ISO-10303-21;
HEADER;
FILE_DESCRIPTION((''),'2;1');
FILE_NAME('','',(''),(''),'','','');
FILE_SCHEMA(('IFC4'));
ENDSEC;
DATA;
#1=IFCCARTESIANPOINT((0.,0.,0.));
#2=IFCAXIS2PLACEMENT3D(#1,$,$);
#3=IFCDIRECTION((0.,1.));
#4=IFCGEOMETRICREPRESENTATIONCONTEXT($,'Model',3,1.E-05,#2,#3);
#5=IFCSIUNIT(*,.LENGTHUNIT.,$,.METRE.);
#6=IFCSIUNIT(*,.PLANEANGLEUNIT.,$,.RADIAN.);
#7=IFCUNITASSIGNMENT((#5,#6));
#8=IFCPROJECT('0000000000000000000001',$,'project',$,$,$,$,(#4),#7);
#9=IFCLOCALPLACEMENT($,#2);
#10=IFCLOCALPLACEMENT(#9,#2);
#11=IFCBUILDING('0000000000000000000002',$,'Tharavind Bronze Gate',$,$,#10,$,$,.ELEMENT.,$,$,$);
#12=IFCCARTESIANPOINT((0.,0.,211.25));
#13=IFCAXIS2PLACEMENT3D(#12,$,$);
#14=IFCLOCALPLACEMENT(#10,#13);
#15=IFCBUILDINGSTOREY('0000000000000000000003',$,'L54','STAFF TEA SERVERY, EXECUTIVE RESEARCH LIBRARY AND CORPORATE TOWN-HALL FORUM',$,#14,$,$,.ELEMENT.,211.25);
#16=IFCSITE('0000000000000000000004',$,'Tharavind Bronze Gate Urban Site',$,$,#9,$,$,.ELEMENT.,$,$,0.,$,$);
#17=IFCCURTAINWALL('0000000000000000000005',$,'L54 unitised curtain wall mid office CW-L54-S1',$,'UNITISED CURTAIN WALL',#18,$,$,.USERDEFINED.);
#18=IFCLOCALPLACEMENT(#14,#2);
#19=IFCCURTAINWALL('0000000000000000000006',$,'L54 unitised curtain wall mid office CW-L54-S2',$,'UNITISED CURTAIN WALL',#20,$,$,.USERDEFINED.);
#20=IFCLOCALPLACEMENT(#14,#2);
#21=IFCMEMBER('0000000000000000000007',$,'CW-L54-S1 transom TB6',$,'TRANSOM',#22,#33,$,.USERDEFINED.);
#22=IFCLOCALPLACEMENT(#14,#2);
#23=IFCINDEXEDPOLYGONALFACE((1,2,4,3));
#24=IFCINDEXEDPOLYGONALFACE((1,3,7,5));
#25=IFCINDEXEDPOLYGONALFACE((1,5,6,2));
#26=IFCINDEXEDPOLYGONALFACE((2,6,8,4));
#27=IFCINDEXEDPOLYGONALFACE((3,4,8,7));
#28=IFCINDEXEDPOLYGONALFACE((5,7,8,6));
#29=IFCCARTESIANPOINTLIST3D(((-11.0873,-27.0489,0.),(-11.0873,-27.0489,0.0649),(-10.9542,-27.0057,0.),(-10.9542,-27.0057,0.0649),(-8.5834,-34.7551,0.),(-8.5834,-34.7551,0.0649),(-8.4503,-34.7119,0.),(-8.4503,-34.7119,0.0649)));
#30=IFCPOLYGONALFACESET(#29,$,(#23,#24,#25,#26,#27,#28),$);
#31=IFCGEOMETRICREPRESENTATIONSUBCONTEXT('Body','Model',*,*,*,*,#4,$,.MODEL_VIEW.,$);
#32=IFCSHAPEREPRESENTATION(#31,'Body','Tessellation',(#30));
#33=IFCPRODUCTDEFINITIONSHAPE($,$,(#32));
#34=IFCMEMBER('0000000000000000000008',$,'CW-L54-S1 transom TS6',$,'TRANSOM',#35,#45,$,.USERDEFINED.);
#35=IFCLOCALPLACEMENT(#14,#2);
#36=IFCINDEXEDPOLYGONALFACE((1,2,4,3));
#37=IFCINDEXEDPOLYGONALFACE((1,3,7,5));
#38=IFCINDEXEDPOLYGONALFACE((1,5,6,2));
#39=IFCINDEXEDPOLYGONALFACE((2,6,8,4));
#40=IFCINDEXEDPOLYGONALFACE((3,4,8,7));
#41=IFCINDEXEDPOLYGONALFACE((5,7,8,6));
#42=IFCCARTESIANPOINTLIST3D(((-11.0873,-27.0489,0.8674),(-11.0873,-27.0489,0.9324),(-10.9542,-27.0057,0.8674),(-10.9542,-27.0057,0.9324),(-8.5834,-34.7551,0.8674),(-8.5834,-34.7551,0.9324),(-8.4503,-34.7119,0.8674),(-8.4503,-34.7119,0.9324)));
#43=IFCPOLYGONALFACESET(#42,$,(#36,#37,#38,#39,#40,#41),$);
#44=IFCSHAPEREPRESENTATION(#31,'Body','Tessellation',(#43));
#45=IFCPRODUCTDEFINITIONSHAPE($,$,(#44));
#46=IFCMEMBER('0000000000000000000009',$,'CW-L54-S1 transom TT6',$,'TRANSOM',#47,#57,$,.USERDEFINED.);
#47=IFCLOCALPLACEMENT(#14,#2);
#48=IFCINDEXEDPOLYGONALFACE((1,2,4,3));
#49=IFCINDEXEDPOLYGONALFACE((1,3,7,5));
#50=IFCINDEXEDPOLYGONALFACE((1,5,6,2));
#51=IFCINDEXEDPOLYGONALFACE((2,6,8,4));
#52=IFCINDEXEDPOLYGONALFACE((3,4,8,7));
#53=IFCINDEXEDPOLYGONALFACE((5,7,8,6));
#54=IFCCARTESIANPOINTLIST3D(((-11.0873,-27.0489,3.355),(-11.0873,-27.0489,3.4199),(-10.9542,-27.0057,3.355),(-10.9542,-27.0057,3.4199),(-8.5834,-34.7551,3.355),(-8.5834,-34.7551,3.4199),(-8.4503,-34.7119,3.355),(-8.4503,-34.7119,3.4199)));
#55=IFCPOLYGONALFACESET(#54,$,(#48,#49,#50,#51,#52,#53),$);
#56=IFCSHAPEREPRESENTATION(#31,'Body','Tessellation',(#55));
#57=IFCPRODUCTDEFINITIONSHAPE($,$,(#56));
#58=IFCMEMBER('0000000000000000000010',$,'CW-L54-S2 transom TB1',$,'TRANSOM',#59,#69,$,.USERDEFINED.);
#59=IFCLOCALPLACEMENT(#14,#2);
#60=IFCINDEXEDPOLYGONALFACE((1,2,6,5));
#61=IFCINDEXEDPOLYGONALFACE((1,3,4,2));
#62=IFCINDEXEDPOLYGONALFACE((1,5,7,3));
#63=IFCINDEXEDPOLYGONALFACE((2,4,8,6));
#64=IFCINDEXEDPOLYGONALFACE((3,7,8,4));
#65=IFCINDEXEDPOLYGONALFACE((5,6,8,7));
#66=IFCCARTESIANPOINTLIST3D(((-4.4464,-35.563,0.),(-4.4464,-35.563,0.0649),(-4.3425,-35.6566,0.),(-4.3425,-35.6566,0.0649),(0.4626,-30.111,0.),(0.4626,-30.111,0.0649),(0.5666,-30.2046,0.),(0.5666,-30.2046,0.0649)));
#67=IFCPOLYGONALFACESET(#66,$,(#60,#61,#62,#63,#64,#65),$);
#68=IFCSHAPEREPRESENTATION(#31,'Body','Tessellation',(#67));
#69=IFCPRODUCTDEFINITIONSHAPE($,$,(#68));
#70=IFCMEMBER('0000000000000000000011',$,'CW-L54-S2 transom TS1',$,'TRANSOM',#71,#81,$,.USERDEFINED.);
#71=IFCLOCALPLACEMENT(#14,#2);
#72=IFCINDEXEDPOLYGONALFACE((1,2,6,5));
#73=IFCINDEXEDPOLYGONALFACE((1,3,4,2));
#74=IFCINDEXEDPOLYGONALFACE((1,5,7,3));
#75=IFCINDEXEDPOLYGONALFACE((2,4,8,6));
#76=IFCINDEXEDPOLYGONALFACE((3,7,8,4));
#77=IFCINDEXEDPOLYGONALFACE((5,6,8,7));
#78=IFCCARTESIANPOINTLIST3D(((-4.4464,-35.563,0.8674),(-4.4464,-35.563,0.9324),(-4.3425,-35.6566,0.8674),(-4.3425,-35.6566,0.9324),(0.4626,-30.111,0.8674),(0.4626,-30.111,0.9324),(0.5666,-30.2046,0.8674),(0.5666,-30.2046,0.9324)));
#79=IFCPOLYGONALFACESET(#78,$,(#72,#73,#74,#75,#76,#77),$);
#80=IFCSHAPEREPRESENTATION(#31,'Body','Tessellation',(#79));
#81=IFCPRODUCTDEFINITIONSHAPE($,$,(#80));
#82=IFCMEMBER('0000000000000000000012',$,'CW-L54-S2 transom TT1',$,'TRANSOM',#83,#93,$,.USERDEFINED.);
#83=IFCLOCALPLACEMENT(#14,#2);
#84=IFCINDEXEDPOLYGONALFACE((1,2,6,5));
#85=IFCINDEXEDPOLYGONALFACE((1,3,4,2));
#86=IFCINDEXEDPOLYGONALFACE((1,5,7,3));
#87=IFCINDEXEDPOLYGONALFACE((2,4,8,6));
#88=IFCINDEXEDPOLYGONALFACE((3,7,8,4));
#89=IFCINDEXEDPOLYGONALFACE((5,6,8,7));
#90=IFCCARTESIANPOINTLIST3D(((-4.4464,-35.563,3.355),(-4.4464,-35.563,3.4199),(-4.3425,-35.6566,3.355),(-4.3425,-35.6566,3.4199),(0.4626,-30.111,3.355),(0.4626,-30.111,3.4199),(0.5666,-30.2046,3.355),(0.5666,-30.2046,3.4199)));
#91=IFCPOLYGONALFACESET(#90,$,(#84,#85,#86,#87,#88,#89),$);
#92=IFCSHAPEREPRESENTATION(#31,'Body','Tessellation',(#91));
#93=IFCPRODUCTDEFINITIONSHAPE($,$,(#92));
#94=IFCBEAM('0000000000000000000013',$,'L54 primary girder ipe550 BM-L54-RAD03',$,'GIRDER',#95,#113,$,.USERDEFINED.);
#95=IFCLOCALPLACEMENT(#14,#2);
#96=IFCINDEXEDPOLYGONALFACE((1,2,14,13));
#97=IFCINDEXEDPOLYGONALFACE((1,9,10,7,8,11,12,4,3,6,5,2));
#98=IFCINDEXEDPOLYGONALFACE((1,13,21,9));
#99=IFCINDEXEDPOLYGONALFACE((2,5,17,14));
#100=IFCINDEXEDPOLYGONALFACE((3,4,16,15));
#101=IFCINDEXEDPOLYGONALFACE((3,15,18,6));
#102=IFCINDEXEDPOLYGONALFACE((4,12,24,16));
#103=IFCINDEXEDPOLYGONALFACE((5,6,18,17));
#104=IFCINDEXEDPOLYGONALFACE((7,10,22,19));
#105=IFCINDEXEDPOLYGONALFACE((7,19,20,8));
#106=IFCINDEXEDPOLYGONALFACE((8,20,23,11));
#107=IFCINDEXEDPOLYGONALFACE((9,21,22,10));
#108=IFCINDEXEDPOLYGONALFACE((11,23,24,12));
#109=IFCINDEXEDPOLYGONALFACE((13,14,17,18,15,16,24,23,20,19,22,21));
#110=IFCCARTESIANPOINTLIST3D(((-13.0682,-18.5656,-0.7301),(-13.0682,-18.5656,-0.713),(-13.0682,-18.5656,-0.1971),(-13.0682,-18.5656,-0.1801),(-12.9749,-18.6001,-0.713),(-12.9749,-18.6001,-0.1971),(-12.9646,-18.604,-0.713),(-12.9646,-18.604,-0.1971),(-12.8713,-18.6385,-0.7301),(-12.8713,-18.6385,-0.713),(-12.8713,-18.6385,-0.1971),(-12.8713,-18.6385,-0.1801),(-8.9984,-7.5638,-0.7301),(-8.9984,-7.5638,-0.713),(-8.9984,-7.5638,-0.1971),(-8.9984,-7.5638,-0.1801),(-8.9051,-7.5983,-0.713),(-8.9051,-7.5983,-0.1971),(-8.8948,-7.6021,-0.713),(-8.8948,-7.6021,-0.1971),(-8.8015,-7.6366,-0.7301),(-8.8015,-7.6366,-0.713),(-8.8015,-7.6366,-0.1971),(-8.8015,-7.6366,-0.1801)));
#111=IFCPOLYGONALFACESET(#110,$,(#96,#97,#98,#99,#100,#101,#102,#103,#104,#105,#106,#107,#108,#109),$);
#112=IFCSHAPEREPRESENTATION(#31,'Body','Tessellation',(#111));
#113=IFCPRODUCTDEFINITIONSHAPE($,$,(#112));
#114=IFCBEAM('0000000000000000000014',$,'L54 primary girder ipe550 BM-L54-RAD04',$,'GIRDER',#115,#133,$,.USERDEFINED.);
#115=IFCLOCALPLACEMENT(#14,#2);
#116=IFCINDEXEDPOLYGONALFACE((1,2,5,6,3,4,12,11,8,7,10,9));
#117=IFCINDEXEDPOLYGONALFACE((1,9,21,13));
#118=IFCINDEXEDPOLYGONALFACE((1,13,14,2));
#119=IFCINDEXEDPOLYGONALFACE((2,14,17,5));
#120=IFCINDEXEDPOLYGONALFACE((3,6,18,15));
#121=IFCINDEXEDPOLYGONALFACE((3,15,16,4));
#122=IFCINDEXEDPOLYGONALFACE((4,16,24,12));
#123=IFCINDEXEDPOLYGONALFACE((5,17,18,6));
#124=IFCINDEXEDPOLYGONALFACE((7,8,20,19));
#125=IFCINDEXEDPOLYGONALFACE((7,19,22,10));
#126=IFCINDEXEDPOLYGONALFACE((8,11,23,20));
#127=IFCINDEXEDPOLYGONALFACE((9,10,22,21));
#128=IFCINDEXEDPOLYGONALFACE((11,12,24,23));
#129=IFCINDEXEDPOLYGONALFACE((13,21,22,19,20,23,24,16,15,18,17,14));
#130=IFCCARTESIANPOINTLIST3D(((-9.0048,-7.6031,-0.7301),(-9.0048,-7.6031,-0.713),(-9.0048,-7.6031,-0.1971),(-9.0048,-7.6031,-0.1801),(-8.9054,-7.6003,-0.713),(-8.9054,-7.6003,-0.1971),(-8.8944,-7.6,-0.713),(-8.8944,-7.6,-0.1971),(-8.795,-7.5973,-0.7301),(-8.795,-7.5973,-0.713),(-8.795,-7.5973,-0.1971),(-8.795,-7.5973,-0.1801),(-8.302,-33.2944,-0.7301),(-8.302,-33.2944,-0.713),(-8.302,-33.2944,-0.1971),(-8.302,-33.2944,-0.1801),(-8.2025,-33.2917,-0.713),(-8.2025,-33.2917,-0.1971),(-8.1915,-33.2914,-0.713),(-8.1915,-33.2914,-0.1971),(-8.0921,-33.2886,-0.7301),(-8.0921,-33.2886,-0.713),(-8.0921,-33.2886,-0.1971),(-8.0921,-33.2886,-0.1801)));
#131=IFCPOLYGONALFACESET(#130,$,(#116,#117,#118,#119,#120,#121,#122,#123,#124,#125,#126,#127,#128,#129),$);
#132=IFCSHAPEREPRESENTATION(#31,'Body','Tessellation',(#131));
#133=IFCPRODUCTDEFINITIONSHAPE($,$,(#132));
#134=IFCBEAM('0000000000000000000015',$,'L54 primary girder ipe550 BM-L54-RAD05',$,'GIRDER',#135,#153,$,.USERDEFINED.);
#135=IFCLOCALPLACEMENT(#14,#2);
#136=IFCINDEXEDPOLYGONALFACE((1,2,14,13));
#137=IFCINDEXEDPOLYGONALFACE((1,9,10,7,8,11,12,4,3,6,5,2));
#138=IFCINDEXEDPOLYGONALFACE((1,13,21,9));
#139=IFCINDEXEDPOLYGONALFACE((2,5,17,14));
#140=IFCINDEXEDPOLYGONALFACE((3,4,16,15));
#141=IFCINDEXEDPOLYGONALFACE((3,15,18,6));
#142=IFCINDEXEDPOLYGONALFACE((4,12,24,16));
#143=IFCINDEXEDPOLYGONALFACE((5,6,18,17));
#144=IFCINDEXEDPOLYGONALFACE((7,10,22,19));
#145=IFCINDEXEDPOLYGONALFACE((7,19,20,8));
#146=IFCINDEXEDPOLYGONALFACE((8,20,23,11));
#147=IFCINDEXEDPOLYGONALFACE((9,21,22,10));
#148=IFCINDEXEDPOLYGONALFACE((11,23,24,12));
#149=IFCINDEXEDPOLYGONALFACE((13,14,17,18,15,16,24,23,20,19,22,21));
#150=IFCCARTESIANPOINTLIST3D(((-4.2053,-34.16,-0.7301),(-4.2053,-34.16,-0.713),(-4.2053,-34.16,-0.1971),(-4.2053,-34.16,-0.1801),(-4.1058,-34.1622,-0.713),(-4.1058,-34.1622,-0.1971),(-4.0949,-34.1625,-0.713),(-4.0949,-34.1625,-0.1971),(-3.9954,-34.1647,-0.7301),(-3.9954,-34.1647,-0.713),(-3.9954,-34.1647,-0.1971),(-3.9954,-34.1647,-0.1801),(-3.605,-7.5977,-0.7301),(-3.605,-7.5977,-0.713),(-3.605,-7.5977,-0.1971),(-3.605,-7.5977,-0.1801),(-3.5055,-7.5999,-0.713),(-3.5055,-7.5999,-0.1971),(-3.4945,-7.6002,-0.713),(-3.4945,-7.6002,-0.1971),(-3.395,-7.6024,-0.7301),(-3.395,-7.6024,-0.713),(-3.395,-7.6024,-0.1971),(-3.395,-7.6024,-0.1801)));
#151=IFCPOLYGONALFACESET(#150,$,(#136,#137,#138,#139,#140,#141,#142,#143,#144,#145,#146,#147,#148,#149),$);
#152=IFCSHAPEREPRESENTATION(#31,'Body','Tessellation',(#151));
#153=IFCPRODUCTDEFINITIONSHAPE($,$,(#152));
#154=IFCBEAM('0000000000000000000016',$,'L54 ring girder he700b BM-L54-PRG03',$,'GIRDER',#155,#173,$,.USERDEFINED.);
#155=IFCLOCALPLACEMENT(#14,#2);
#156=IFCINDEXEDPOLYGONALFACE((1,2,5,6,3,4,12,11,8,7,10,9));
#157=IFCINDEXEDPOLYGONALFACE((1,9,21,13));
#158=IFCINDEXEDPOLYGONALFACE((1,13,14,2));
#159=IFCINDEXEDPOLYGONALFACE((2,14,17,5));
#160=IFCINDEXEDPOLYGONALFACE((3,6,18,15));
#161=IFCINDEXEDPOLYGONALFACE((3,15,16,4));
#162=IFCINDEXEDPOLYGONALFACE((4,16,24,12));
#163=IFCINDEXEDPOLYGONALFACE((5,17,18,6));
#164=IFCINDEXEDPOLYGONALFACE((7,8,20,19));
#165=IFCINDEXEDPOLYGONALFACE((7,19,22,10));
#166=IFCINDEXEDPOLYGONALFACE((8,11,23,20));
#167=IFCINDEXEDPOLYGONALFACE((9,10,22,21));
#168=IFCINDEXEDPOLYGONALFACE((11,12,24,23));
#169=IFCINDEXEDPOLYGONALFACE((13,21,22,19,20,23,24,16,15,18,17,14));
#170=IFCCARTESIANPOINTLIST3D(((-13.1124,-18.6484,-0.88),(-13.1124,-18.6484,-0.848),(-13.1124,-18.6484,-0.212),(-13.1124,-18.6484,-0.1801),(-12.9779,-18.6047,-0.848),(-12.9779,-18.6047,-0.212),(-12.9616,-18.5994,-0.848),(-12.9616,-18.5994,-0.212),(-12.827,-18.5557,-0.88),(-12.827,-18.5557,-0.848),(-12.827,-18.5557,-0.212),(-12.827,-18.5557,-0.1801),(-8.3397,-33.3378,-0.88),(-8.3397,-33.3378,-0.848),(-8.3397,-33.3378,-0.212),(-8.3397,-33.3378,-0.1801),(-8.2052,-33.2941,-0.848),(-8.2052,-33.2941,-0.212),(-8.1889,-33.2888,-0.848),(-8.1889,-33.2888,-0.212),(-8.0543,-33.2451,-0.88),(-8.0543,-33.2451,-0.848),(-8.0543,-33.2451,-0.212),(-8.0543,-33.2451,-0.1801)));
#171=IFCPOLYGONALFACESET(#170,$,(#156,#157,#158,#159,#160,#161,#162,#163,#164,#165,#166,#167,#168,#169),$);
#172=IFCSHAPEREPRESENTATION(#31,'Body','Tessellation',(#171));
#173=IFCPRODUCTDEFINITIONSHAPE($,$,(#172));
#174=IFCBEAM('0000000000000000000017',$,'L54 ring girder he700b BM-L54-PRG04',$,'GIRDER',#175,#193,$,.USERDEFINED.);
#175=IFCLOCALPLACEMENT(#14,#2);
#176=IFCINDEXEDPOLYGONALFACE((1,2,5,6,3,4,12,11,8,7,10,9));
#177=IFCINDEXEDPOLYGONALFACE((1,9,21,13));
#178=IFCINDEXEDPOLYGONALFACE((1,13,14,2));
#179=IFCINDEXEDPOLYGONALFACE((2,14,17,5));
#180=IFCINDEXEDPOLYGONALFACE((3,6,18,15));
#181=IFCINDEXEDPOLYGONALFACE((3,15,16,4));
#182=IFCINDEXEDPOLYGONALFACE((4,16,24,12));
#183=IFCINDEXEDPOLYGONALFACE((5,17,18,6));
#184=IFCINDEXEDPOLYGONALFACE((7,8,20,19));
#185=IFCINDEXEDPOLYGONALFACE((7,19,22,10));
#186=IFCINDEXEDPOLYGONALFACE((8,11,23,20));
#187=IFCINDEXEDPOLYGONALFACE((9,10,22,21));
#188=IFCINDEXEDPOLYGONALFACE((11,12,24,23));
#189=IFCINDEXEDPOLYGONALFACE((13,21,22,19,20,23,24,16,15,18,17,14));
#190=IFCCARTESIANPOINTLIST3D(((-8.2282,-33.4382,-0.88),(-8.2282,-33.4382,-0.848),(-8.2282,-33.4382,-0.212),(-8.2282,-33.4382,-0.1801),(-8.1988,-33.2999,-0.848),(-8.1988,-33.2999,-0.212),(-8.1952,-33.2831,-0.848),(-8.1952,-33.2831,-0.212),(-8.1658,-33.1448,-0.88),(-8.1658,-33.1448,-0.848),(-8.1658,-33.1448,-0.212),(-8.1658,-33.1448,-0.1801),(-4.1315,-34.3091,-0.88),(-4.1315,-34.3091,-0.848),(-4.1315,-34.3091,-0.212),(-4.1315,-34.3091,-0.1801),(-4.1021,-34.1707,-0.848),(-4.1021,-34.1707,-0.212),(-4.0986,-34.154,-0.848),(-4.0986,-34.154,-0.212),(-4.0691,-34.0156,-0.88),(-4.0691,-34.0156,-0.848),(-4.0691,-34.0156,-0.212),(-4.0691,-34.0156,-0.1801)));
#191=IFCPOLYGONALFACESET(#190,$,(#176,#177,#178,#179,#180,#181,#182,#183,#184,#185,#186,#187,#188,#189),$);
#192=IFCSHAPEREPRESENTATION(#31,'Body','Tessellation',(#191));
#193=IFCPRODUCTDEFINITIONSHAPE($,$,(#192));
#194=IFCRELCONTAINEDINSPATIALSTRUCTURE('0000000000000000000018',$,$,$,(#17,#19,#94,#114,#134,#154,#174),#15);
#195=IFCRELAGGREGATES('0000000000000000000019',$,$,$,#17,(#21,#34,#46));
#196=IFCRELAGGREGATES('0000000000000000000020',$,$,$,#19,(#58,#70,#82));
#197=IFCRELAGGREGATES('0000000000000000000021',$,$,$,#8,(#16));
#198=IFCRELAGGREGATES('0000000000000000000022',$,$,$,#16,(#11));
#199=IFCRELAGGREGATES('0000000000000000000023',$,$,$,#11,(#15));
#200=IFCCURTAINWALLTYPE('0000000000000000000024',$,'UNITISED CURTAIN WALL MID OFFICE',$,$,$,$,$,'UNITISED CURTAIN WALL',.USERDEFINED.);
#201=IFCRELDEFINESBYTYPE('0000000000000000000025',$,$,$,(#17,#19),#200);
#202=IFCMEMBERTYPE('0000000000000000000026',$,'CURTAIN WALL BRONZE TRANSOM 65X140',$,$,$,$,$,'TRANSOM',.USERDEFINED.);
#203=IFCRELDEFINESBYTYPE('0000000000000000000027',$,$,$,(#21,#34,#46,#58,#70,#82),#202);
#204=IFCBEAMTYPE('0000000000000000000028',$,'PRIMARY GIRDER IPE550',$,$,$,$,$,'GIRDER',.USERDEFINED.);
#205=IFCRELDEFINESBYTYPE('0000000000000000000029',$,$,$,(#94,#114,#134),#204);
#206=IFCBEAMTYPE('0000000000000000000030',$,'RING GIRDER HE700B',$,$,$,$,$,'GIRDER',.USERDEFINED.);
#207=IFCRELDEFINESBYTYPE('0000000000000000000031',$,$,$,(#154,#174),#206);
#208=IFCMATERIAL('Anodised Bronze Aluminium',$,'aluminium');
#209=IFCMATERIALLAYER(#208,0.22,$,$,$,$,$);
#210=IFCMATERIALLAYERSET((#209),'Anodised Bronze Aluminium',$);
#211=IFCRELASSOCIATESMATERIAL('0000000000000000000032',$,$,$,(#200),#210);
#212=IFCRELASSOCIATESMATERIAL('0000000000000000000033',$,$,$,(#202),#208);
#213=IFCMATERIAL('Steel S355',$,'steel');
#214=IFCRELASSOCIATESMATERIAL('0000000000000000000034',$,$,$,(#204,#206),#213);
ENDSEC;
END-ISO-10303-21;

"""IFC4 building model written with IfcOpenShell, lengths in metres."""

from ifc_helpers import new_model, si_unit, direction, frame, origin, origin_2d, place, context, subcontext, project, spatial, rectangle, i_section, extrude, material, layer, layer_set, material_profile, profile_set, type_object, element, aggregate, save


model = new_model("IFC4")

# Units and contexts
model_context = context("Model", 3, precision=1e-05, world=origin(), true_north=direction((0.0, 1.0)))
body_context = subcontext(model_context, "Body", "Model", "MODEL_VIEW")
ifc_project = project(units=[si_unit("LENGTHUNIT", "METRE"), si_unit("PLANEANGLEUNIT", "RADIAN")], contexts=[model_context])

# Site, building, storey
site_placement = place(None, origin())
site = spatial("IfcSite", under=ifc_project, at=site_placement, Name="Tharavind Bronze Gate Urban Site", CompositionType="ELEMENT", RefElevation=0.0)
building_placement = place(site_placement, origin())
building = spatial("IfcBuilding", under=site, at=building_placement, Name="Tharavind Bronze Gate", CompositionType="ELEMENT")
storey_placement = place(building_placement, frame((0.0, 0.0, 211.25)))
storey = spatial("IfcBuildingStorey", under=building, at=storey_placement, Name="L54", Description="STAFF TEA SERVERY, EXECUTIVE RESEARCH LIBRARY AND CORPORATE TOWN-HALL FORUM", CompositionType="ELEMENT", Elevation=211.25)

# Curtain wall
ifc_material_1 = material(Name="Anodised Bronze Aluminium", Category="aluminium")
ifc_layer_1 = layer(ifc_material_1, 0.22)
ifc_layer_set_1 = layer_set([ifc_layer_1], Name="Anodised Bronze Aluminium")
curtain_wall_type = type_object("IfcCurtainWallType", Name="UNITISED CURTAIN WALL MID OFFICE", ElementType="UNITISED CURTAIN WALL", PredefinedType="USERDEFINED", material=ifc_layer_set_1)
curtain_wall_1_placement = place(storey_placement, origin())
curtain_wall_1 = element("IfcCurtainWall", 1, at=curtain_wall_1_placement, inside=storey, type_object=curtain_wall_type, Name="L54 unitised curtain wall mid office CW-L54-S1", ObjectType="UNITISED CURTAIN WALL", PredefinedType="USERDEFINED")

# Curtain wall
curtain_wall_2_placement = place(storey_placement, origin())
curtain_wall_2 = element("IfcCurtainWall", 2, at=curtain_wall_2_placement, inside=storey, type_object=curtain_wall_type, Name="L54 unitised curtain wall mid office CW-L54-S2", ObjectType="UNITISED CURTAIN WALL", PredefinedType="USERDEFINED")

# Members
member_type_1 = type_object("IfcMemberType", Name="CURTAIN WALL BRONZE TRANSOM 65X140", ElementType="TRANSOM", PredefinedType="USERDEFINED", material=ifc_material_1)
member_1_placement = place(storey_placement, frame((-9.7688, -30.8804, 0.0), z_axis=(0.0, 0.0, 1.0), x_axis=(0.309017, -0.951057, 0.0)))
member_1 = element("IfcMember", 3, at=member_1_placement, type_object=member_type_1, Name="CW-L54-S1 transom TB6", ObjectType="TRANSOM", PredefinedType="USERDEFINED", context=body_context, shape_type="SweptSolid", body=[
    extrude(rectangle(XDim=8.1028, YDim=0.1399, at=origin_2d()), origin(), (0.0, 0.0, 1.0), 0.0649),
])
member_2_placement = place(storey_placement, frame((-9.7688, -30.8804, 0.8674), z_axis=(0.0, 0.0, 1.0), x_axis=(0.309017, -0.951057, 0.0)))
member_2 = element("IfcMember", 4, at=member_2_placement, type_object=member_type_1, Name="CW-L54-S1 transom TS6", ObjectType="TRANSOM", PredefinedType="USERDEFINED", context=body_context, shape_type="SweptSolid", body=[
    extrude(rectangle(XDim=8.1028, YDim=0.1399, at=origin_2d()), origin(), (0.0, 0.0, 1.0), 0.0649),
])
member_3_placement = place(storey_placement, frame((-9.7688, -30.8804, 3.355), z_axis=(0.0, 0.0, 1.0), x_axis=(0.309017, -0.951057, 0.0)))
member_3 = element("IfcMember", 5, at=member_3_placement, type_object=member_type_1, Name="CW-L54-S1 transom TT6", ObjectType="TRANSOM", PredefinedType="USERDEFINED", context=body_context, shape_type="SweptSolid", body=[
    extrude(rectangle(XDim=8.1028, YDim=0.1399, at=origin_2d()), origin(), (0.0, 0.0, 1.0), 0.0649),
])
member_4_placement = place(storey_placement, frame((-1.9399, -32.8838, 0.0), z_axis=(0.0, 0.0, 1.0), x_axis=(0.669131, 0.743145, 0.0)))
member_4 = element("IfcMember", 6, at=member_4_placement, type_object=member_type_1, Name="CW-L54-S2 transom TB1", ObjectType="TRANSOM", PredefinedType="USERDEFINED", context=body_context, shape_type="SweptSolid", body=[
    extrude(rectangle(XDim=7.3364, YDim=0.1399, at=origin_2d()), origin(), (0.0, 0.0, 1.0), 0.0649),
])
member_5_placement = place(storey_placement, frame((-1.9399, -32.8838, 0.8674), z_axis=(0.0, 0.0, 1.0), x_axis=(0.669131, 0.743145, 0.0)))
member_5 = element("IfcMember", 7, at=member_5_placement, type_object=member_type_1, Name="CW-L54-S2 transom TS1", ObjectType="TRANSOM", PredefinedType="USERDEFINED", context=body_context, shape_type="SweptSolid", body=[
    extrude(rectangle(XDim=7.3364, YDim=0.1399, at=origin_2d()), origin(), (0.0, 0.0, 1.0), 0.0649),
])
member_6_placement = place(storey_placement, frame((-1.9399, -32.8838, 3.355), z_axis=(0.0, 0.0, 1.0), x_axis=(0.669131, 0.743145, 0.0)))
member_6 = element("IfcMember", 8, at=member_6_placement, type_object=member_type_1, Name="CW-L54-S2 transom TT1", ObjectType="TRANSOM", PredefinedType="USERDEFINED", context=body_context, shape_type="SweptSolid", body=[
    extrude(rectangle(XDim=7.3364, YDim=0.1399, at=origin_2d()), origin(), (0.0, 0.0, 1.0), 0.0649),
])

# Beams
ifc_material_2 = material(Name="Steel S355", Category="steel")
ifc_material_profile_1 = material_profile(ifc_material_2, i_section(OverallWidth=0.21, OverallDepth=0.55, WebThickness=0.011, FlangeThickness=0.0171, at=origin_2d()), Name="IPE550")
ifc_profile_set_1 = profile_set([ifc_material_profile_1], Name="Steel S355")
beam_type_1 = type_object("IfcBeamType", Name="PRIMARY GIRDER IPE550", ElementType="GIRDER", PredefinedType="USERDEFINED", material=ifc_profile_set_1)
beam_1_placement = place(storey_placement, frame((-12.9697, -18.6021, -0.4551), z_axis=(0.346942, 0.937887, 0.0), x_axis=(-0.937887, 0.346942, 0.0)))
element("IfcBeam", 9, at=beam_1_placement, inside=storey, type_object=beam_type_1, Name="L54 primary girder ipe550 BM-L54-RAD03", ObjectType="GIRDER", PredefinedType="USERDEFINED", context=body_context, shape_type="SweptSolid", body=[
    extrude(i_section(OverallWidth=0.21, OverallDepth=0.55, WebThickness=0.011, FlangeThickness=0.0171, at=origin_2d()), origin(), (0.0, 0.0, 1.0), 11.7305),
])
beam_2_placement = place(storey_placement, frame((-8.197, -33.2915, -0.4551), z_axis=(-0.027348, 0.999626, 0.0), x_axis=(-0.999626, -0.027348, 0.0)))
element("IfcBeam", 10, at=beam_2_placement, inside=storey, type_object=beam_type_1, Name="L54 primary girder ipe550 BM-L54-RAD04", ObjectType="GIRDER", PredefinedType="USERDEFINED", context=body_context, shape_type="SweptSolid", body=[
    extrude(i_section(OverallWidth=0.21, OverallDepth=0.55, WebThickness=0.011, FlangeThickness=0.0171, at=origin_2d()), origin(), (0.0, 0.0, 1.0), 25.7009),
])
beam_3_placement = place(storey_placement, frame((-4.1003, -34.1624, -0.4551), z_axis=(0.022596, 0.999745, 0.0), x_axis=(-0.999745, 0.022596, 0.0)))
element("IfcBeam", 11, at=beam_3_placement, inside=storey, type_object=beam_type_1, Name="L54 primary girder ipe550 BM-L54-RAD05", ObjectType="GIRDER", PredefinedType="USERDEFINED", context=body_context, shape_type="SweptSolid", body=[
    extrude(i_section(OverallWidth=0.21, OverallDepth=0.55, WebThickness=0.011, FlangeThickness=0.0171, at=origin_2d()), origin(), (0.0, 0.0, 1.0), 26.5691),
])
ifc_material_profile_2 = material_profile(ifc_material_2, i_section(OverallWidth=0.3, OverallDepth=0.7, WebThickness=0.0171, FlangeThickness=0.032, at=origin_2d()), Name="HE700B")
ifc_profile_set_2 = profile_set([ifc_material_profile_2], Name="Steel S355")
beam_type_2 = type_object("IfcBeamType", Name="RING GIRDER HE700B", ElementType="GIRDER", PredefinedType="USERDEFINED", material=ifc_profile_set_2)
beam_4_placement = place(storey_placement, frame((-12.9697, -18.6021, -0.53), z_axis=(0.309006, -0.95106, 0.0), x_axis=(0.95106, 0.309006, 0.0)))
element("IfcBeam", 12, at=beam_4_placement, inside=storey, type_object=beam_type_2, Name="L54 ring girder he700b BM-L54-PRG03", ObjectType="GIRDER", PredefinedType="USERDEFINED", context=body_context, shape_type="SweptSolid", body=[
    extrude(i_section(OverallWidth=0.3, OverallDepth=0.7, WebThickness=0.0171, FlangeThickness=0.032, at=origin_2d()), origin(), (0.0, 0.0, 1.0), 15.4453),
])
beam_5_placement = place(storey_placement, frame((-8.197, -33.2915, -0.53), z_axis=(0.978144, -0.207928, 0.0), x_axis=(0.207928, 0.978144, 0.0)))
element("IfcBeam", 13, at=beam_5_placement, inside=storey, type_object=beam_type_2, Name="L54 ring girder he700b BM-L54-PRG04", ObjectType="GIRDER", PredefinedType="USERDEFINED", context=body_context, shape_type="SweptSolid", body=[
    extrude(i_section(OverallWidth=0.3, OverallDepth=0.7, WebThickness=0.0171, FlangeThickness=0.032, at=origin_2d()), origin(), (0.0, 0.0, 1.0), 4.1882),
])

aggregate(curtain_wall_1, [member_1, member_2, member_3])
aggregate(curtain_wall_2, [member_4, member_5, member_6])

save(model, "model.ifc")
